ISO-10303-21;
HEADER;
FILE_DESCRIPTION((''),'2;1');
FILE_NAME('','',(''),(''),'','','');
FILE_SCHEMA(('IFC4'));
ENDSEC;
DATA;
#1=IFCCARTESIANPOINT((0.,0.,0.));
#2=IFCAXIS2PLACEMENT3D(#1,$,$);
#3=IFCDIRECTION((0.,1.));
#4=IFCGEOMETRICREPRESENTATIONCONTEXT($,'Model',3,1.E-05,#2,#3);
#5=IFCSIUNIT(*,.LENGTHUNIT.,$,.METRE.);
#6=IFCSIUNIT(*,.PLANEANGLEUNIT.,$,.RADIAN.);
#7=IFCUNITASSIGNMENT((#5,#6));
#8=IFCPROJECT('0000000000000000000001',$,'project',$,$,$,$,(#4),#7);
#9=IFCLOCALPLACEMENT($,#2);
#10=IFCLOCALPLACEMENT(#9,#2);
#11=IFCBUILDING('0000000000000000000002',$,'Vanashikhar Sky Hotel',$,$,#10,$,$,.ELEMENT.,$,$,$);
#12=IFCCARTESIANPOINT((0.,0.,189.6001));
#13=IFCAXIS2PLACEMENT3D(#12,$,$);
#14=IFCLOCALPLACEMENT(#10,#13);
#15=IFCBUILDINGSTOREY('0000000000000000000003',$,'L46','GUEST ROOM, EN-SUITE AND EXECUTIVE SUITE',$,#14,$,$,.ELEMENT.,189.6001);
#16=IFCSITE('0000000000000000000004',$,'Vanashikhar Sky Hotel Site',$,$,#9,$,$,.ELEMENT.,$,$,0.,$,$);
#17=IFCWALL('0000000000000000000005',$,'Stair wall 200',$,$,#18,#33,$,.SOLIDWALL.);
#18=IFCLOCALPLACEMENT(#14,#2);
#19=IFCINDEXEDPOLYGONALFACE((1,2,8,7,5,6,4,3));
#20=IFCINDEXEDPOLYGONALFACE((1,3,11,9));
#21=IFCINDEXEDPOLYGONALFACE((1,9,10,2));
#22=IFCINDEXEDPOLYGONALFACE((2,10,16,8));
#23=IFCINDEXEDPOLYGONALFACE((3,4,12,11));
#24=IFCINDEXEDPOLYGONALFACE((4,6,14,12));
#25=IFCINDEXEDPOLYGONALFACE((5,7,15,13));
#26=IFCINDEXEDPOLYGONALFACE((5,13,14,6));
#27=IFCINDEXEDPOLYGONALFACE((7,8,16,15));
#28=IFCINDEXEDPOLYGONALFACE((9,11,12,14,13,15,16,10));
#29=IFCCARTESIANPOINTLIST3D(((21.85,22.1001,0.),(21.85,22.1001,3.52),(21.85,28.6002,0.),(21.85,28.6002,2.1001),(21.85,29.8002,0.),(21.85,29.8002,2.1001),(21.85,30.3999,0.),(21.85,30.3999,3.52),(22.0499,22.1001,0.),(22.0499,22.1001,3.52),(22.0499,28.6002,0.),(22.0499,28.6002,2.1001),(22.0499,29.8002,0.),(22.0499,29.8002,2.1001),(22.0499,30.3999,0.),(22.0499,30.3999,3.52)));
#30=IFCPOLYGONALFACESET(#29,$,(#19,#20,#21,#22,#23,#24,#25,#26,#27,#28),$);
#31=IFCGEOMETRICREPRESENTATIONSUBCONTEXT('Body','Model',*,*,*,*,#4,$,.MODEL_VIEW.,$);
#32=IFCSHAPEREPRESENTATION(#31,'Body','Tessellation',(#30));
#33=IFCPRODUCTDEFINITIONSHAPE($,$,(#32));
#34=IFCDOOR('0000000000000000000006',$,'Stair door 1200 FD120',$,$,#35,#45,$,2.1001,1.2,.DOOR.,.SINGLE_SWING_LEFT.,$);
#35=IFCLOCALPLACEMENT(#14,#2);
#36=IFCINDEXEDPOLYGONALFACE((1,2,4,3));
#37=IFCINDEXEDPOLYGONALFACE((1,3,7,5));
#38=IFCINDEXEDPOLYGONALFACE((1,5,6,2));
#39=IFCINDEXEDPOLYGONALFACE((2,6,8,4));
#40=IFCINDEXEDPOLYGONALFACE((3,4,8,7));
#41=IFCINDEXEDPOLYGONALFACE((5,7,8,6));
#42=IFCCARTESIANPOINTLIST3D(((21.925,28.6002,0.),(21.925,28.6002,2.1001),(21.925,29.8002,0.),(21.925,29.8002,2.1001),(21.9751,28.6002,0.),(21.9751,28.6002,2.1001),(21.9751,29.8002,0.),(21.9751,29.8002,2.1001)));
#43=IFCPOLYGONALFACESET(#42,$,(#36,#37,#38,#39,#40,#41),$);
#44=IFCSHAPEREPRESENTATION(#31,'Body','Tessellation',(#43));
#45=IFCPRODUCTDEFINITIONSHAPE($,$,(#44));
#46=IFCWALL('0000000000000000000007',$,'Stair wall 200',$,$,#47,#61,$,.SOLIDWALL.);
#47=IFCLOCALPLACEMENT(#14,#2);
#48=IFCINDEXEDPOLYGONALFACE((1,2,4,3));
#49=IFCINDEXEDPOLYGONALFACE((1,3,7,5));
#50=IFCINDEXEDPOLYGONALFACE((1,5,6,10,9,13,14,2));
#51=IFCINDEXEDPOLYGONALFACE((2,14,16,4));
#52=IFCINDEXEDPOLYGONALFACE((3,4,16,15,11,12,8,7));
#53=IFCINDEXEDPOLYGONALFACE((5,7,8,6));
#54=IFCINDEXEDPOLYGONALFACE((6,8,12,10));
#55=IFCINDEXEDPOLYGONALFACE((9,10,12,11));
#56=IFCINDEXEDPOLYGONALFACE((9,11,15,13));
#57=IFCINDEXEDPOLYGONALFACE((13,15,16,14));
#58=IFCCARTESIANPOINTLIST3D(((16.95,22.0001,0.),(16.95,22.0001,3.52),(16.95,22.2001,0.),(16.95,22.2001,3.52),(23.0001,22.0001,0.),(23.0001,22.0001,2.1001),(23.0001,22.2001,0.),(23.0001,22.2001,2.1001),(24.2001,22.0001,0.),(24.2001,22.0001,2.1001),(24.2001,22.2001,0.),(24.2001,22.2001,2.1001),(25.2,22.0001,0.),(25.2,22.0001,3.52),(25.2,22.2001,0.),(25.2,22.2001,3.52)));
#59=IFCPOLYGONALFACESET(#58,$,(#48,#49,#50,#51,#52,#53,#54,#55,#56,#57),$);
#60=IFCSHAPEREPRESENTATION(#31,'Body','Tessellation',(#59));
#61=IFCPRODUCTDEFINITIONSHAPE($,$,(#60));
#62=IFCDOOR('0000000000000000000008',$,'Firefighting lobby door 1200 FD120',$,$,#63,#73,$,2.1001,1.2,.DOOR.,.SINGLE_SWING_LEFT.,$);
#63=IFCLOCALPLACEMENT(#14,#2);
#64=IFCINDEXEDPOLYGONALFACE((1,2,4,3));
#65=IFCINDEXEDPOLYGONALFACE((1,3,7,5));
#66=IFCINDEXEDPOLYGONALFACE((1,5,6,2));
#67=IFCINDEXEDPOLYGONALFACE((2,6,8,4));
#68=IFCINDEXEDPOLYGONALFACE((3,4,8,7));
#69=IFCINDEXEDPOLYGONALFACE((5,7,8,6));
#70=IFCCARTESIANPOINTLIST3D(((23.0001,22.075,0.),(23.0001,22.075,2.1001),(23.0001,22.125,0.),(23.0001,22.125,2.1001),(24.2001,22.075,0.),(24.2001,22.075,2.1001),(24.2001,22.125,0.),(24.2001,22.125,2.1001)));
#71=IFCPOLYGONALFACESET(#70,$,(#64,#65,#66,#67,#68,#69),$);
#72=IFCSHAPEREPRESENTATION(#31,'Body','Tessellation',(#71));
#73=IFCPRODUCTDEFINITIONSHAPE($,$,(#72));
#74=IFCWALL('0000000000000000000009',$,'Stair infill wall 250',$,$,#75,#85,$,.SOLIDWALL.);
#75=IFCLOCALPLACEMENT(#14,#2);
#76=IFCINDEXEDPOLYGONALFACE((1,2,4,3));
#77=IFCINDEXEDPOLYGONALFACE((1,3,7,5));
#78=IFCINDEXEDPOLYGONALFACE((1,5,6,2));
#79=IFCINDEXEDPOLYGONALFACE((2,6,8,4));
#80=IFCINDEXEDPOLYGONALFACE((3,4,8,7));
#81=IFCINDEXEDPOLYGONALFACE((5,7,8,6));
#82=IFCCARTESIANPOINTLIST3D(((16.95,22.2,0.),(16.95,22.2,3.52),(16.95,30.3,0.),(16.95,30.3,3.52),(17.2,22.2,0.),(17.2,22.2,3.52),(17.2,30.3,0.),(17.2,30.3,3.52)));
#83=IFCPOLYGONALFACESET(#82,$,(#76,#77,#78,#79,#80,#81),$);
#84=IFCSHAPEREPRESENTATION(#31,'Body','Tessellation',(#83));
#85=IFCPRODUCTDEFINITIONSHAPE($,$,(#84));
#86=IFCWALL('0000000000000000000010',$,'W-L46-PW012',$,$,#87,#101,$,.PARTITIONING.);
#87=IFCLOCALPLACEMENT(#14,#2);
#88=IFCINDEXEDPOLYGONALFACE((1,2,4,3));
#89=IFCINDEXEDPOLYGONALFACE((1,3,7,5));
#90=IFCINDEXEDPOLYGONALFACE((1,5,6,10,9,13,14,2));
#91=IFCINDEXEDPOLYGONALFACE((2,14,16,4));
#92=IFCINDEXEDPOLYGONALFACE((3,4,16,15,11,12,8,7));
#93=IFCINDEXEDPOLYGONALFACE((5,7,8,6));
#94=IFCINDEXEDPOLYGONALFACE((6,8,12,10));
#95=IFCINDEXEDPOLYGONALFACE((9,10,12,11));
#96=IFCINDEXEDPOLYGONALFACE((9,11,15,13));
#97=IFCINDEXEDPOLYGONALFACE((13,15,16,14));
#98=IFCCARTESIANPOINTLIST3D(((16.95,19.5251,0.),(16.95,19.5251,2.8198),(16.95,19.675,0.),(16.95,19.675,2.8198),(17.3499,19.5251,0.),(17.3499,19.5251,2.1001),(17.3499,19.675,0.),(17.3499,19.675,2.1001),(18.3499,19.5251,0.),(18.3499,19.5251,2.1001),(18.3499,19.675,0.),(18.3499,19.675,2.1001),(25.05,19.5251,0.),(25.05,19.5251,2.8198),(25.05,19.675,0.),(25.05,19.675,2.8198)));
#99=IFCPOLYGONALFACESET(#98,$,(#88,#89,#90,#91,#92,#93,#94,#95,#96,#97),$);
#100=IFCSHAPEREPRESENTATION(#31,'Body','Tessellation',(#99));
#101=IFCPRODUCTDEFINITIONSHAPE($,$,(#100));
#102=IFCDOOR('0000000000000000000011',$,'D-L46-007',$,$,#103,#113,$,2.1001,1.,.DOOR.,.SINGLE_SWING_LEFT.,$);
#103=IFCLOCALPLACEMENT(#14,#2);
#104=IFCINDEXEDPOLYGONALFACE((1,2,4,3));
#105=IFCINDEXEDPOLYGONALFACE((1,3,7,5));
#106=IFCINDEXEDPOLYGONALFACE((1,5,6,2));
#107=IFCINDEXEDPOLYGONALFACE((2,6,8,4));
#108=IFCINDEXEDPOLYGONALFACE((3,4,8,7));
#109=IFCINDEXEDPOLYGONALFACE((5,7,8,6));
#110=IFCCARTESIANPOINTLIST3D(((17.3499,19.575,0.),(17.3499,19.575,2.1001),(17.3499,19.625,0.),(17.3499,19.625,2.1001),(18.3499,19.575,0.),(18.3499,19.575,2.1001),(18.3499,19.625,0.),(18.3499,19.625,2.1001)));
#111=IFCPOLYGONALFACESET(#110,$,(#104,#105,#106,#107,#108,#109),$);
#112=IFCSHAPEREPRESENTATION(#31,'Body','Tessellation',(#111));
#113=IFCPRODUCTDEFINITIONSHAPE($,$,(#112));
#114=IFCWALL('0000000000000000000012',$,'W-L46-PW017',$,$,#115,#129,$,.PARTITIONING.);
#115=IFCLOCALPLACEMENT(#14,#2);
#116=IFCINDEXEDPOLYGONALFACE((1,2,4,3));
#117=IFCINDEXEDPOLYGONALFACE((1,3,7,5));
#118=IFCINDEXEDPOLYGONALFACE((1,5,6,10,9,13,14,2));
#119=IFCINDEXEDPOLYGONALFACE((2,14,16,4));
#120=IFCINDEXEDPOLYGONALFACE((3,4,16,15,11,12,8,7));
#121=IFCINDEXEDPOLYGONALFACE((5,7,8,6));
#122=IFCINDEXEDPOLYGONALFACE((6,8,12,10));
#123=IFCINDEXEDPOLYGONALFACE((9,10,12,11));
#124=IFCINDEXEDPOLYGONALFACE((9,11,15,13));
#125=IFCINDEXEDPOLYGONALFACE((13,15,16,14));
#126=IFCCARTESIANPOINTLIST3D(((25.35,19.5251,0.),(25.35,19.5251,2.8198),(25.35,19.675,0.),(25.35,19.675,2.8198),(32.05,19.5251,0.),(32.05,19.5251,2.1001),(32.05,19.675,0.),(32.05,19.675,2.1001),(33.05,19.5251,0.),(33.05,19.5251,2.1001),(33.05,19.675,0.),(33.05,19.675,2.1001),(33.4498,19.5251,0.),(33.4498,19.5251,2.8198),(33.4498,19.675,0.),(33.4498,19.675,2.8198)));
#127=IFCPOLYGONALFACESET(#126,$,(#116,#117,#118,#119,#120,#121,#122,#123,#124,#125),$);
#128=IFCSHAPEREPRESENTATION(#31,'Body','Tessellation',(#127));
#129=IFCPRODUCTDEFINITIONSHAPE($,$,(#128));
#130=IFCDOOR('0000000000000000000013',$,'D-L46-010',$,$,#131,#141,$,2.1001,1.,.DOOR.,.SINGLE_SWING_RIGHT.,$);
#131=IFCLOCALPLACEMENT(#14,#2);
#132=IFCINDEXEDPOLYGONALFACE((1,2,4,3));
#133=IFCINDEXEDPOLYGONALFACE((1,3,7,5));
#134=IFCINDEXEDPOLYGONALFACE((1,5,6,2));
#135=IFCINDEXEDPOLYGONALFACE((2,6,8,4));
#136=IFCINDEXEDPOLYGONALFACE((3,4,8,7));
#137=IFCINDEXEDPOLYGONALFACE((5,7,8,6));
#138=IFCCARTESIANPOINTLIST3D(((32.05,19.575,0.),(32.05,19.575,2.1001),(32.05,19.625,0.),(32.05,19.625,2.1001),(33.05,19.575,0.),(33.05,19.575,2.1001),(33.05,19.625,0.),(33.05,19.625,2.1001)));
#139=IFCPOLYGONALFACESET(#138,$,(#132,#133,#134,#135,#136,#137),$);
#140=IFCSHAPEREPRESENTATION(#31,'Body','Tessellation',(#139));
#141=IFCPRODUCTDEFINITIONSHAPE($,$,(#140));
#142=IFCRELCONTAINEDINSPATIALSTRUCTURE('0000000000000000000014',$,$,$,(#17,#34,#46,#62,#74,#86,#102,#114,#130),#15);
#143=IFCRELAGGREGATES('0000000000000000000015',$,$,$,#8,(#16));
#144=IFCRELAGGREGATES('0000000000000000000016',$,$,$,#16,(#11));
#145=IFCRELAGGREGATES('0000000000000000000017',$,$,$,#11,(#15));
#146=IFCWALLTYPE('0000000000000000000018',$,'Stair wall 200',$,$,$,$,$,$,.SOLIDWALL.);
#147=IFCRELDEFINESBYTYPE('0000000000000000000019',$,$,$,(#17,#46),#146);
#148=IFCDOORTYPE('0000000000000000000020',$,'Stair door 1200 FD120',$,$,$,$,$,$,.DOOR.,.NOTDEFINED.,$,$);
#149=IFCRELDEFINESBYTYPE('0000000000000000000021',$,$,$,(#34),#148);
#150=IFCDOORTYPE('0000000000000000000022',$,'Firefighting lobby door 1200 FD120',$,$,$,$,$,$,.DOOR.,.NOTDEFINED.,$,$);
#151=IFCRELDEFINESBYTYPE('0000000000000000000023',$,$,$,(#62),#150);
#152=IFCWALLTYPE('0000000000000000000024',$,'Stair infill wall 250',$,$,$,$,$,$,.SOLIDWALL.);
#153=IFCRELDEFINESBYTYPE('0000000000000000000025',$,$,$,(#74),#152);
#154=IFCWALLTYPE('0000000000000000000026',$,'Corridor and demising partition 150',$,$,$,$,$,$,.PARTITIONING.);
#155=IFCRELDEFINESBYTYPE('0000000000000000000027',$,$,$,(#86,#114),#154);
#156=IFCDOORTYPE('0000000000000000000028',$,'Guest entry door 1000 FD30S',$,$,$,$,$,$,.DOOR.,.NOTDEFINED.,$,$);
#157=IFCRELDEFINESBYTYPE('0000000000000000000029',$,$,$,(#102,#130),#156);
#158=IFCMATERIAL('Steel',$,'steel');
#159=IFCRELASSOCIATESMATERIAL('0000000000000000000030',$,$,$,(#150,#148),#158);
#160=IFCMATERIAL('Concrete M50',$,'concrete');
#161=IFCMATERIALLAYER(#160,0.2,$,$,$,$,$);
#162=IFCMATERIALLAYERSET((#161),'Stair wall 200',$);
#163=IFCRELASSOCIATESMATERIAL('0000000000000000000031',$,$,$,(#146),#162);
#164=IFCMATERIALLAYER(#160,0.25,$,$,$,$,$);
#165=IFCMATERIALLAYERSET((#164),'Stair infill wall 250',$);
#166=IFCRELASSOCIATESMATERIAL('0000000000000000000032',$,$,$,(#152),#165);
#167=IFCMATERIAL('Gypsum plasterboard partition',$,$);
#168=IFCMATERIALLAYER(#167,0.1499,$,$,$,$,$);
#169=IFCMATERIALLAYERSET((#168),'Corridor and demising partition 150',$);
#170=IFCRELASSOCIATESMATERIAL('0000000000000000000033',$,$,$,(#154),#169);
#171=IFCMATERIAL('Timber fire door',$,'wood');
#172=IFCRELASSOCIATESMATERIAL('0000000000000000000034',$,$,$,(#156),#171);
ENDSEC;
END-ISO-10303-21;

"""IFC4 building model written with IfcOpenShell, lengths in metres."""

from ifc_helpers import new_model, si_unit, direction, frame, frame_2d, origin, place, context, subcontext, project, spatial, rectangle, extrude, source, transform, mapped, material, layer, layer_set, type_object, element, fill, save


model = new_model("IFC4")

# Units and contexts
model_context = context("Model", 3, precision=1e-05, world=origin(), true_north=direction((0.0, 1.0)))
body_context = subcontext(model_context, "Body", "Model", "MODEL_VIEW")
ifc_project = project(units=[si_unit("LENGTHUNIT", "METRE"), si_unit("PLANEANGLEUNIT", "RADIAN")], contexts=[model_context])

# Site, building, storey
site_placement = place(None, origin())
site = spatial("IfcSite", under=ifc_project, at=site_placement, Name="Vanashikhar Sky Hotel Site", CompositionType="ELEMENT", RefElevation=0.0)
building_placement = place(site_placement, origin())
building = spatial("IfcBuilding", under=site, at=building_placement, Name="Vanashikhar Sky Hotel", CompositionType="ELEMENT")
storey_placement = place(building_placement, frame((0.0, 0.0, 189.6001)))
storey = spatial("IfcBuildingStorey", under=building, at=storey_placement, Name="L46", Description="GUEST ROOM, EN-SUITE AND EXECUTIVE SUITE", CompositionType="ELEMENT", Elevation=189.6001)

# Shared definitions
ifc_material_1 = material(Name="Steel", Category="steel")
door_type_1 = type_object("IfcDoorType", Name="Firefighting lobby door 1200 FD120", OperationType="NOTDEFINED", PredefinedType="DOOR", material=ifc_material_1)

# Walls, openings, doors
ifc_material_2 = material(Name="Concrete M50", Category="concrete")
ifc_layer_1 = layer(ifc_material_2, 0.2)
ifc_layer_set_1 = layer_set([ifc_layer_1], Name="Stair wall 200")
wall_type_1 = type_object("IfcWallType", Name="Stair wall 200", PredefinedType="SOLIDWALL", material=ifc_layer_set_1)
shared_shape_1 = source(origin(), body_context, "Body", "SweptSolid", [
    extrude(rectangle(XDim=8.2998, YDim=0.2, at=frame_2d((4.1499, 0.0))), origin(), (0.0, 0.0, 1.0), 3.52),
])
wall_1_placement = place(storey_placement, frame((21.95, 22.1001, 0.0), z_axis=(0.0, 0.0, 1.0), x_axis=(0.0, 1.0, 0.0)))
wall_1 = element("IfcWall", 1, at=wall_1_placement, inside=storey, type_object=wall_type_1, Name="Stair wall 200", PredefinedType="SOLIDWALL", context=body_context, shape_type="MappedRepresentation", body=[
    mapped(shared_shape_1, transform((0.0, 0.0, 0.0), scale=1.0)),
])
shared_shape_2 = source(origin(), body_context, "Body", "SweptSolid", [
    extrude(rectangle(XDim=1.2, YDim=2.1001, at=frame_2d((0.6001, 1.05))), frame((0.0, 0.1099, 0.0), z_axis=(0.0, -1.0, 0.0), x_axis=(1.0, 0.0, 0.0)), (0.0, 0.0, 1.0), 0.22),
])
opening_1_placement = place(wall_1_placement, frame((6.5, 0.0, 0.0)))
opening_1 = element("IfcOpeningElement", 2, at=opening_1_placement, cuts=wall_1, PredefinedType="OPENING", context=body_context, shape_type="MappedRepresentation", body=[
    mapped(shared_shape_2, transform((0.0, 0.0, 0.0), scale=1.0)),
])
door_type_2 = type_object("IfcDoorType", Name="Stair door 1200 FD120", OperationType="NOTDEFINED", PredefinedType="DOOR", material=ifc_material_1)
shared_shape_3 = source(origin(), body_context, "Body", "SweptSolid", [
    extrude(rectangle(XDim=1.2, YDim=2.1001, at=frame_2d((0.6001, 1.05))), frame((0.0, 0.0249, 0.0), z_axis=(0.0, -1.0, 0.0), x_axis=(1.0, 0.0, 0.0)), (0.0, 0.0, 1.0), 0.05),
])
door_1_placement = place(opening_1_placement, origin())
door_1 = element("IfcDoor", 3, at=door_1_placement, inside=storey, type_object=door_type_2, Name="Stair door 1200 FD120", OperationType="SINGLE_SWING_LEFT", OverallHeight=2.1001, OverallWidth=1.2, PredefinedType="DOOR", context=body_context, shape_type="MappedRepresentation", body=[
    mapped(shared_shape_3, transform((0.0, 0.0, 0.0), scale=1.0)),
])
fill(opening_1, door_1)
shared_shape_4 = source(origin(), body_context, "Body", "SweptSolid", [
    extrude(rectangle(XDim=8.25, YDim=0.2, at=frame_2d((4.125, 0.0))), origin(), (0.0, 0.0, 1.0), 3.52),
])
wall_2_placement = place(storey_placement, frame((16.95, 22.1001, 0.0), z_axis=(0.0, 0.0, 1.0), x_axis=(1.0, 0.0, 0.0)))
wall_2 = element("IfcWall", 4, at=wall_2_placement, inside=storey, type_object=wall_type_1, Name="Stair wall 200", PredefinedType="SOLIDWALL", context=body_context, shape_type="MappedRepresentation", body=[
    mapped(shared_shape_4, transform((0.0, 0.0, 0.0), scale=1.0)),
])
opening_2_placement = place(wall_2_placement, frame((6.05, 0.0, 0.0)))
opening_2 = element("IfcOpeningElement", 5, at=opening_2_placement, cuts=wall_2, PredefinedType="OPENING", context=body_context, shape_type="MappedRepresentation", body=[
    mapped(shared_shape_2, transform((0.0, 0.0, 0.0), scale=1.0)),
])
door_2_placement = place(opening_2_placement, origin())
door_2 = element("IfcDoor", 6, at=door_2_placement, inside=storey, type_object=door_type_1, Name="Firefighting lobby door 1200 FD120", OperationType="SINGLE_SWING_LEFT", OverallHeight=2.1001, OverallWidth=1.2, PredefinedType="DOOR", context=body_context, shape_type="MappedRepresentation", body=[
    mapped(shared_shape_3, transform((0.0, 0.0, 0.0), scale=1.0)),
])
fill(opening_2, door_2)

# Wall
ifc_layer_2 = layer(ifc_material_2, 0.25)
ifc_layer_set_2 = layer_set([ifc_layer_2], Name="Stair infill wall 250")
wall_type_2 = type_object("IfcWallType", Name="Stair infill wall 250", PredefinedType="SOLIDWALL", material=ifc_layer_set_2)
shared_shape_5 = source(origin(), body_context, "Body", "SweptSolid", [
    extrude(rectangle(XDim=8.1001, YDim=0.25, at=frame_2d((4.05, 0.0))), origin(), (0.0, 0.0, 1.0), 3.52),
])
wall_3_placement = place(storey_placement, frame((17.075, 22.2, 0.0), z_axis=(0.0, 0.0, 1.0), x_axis=(0.0, 1.0, 0.0)))
element("IfcWall", 7, at=wall_3_placement, inside=storey, type_object=wall_type_2, Name="Stair infill wall 250", PredefinedType="SOLIDWALL", context=body_context, shape_type="MappedRepresentation", body=[
    mapped(shared_shape_5, transform((0.0, 0.0, 0.0), scale=1.0)),
])

# Walls, openings, doors
ifc_material_3 = material(Name="Gypsum plasterboard partition")
ifc_layer_3 = layer(ifc_material_3, 0.1499)
ifc_layer_set_3 = layer_set([ifc_layer_3], Name="Corridor and demising partition 150")
wall_type_3 = type_object("IfcWallType", Name="Corridor and demising partition 150", PredefinedType="PARTITIONING", material=ifc_layer_set_3)
shared_shape_6 = source(origin(), body_context, "Body", "SweptSolid", [
    extrude(rectangle(XDim=8.1001, YDim=0.1499, at=frame_2d((4.05, 0.0))), origin(), (0.0, 0.0, 1.0), 2.8198),
])
wall_4_placement = place(storey_placement, frame((16.95, 19.6001, 0.0), z_axis=(0.0, 0.0, 1.0), x_axis=(1.0, 0.0, 0.0)))
wall_4 = element("IfcWall", 8, at=wall_4_placement, inside=storey, type_object=wall_type_3, Name="W-L46-PW012", PredefinedType="PARTITIONING", context=body_context, shape_type="MappedRepresentation", body=[
    mapped(shared_shape_6, transform((0.0, 0.0, 0.0), scale=1.0)),
])
shared_shape_7 = source(origin(), body_context, "Body", "SweptSolid", [
    extrude(rectangle(XDim=1.0, YDim=2.1001, at=frame_2d((0.5, 1.05))), frame((0.0, 0.085, 0.0), z_axis=(0.0, -1.0, 0.0), x_axis=(1.0, 0.0, 0.0)), (0.0, 0.0, 1.0), 0.1699),
])
opening_3_placement = place(wall_4_placement, frame((0.3999, 0.0, 0.0)))
opening_3 = element("IfcOpeningElement", 9, at=opening_3_placement, cuts=wall_4, PredefinedType="OPENING", context=body_context, shape_type="MappedRepresentation", body=[
    mapped(shared_shape_7, transform((0.0, 0.0, 0.0), scale=1.0)),
])
ifc_material_4 = material(Name="Timber fire door", Category="wood")
door_type_3 = type_object("IfcDoorType", Name="Guest entry door 1000 FD30S", OperationType="NOTDEFINED", PredefinedType="DOOR", material=ifc_material_4)
shared_shape_8 = source(origin(), body_context, "Body", "SweptSolid", [
    extrude(rectangle(XDim=1.0, YDim=2.1001, at=frame_2d((0.5, 1.05))), frame((0.0, 0.0249, 0.0), z_axis=(0.0, -1.0, 0.0), x_axis=(1.0, 0.0, 0.0)), (0.0, 0.0, 1.0), 0.05),
])
door_3_placement = place(opening_3_placement, origin())
door_3 = element("IfcDoor", 10, at=door_3_placement, inside=storey, type_object=door_type_3, Name="D-L46-007", OperationType="SINGLE_SWING_LEFT", OverallHeight=2.1001, OverallWidth=1.0, PredefinedType="DOOR", context=body_context, shape_type="MappedRepresentation", body=[
    mapped(shared_shape_8, transform((0.0, 0.0, 0.0), scale=1.0)),
])
fill(opening_3, door_3)
shared_shape_9 = source(origin(), body_context, "Body", "SweptSolid", [
    extrude(rectangle(XDim=8.0999, YDim=0.1499, at=frame_2d((4.0498, 0.0))), origin(), (0.0, 0.0, 1.0), 2.8198),
])
wall_5_placement = place(storey_placement, frame((25.3501, 19.6001, 0.0), z_axis=(0.0, 0.0, 1.0), x_axis=(1.0, 0.0, 0.0)))
wall_5 = element("IfcWall", 11, at=wall_5_placement, inside=storey, type_object=wall_type_3, Name="W-L46-PW017", PredefinedType="PARTITIONING", context=body_context, shape_type="MappedRepresentation", body=[
    mapped(shared_shape_9, transform((0.0, 0.0, 0.0), scale=1.0)),
])
opening_4_placement = place(wall_5_placement, frame((6.7, 0.0, 0.0)))
opening_4 = element("IfcOpeningElement", 12, at=opening_4_placement, cuts=wall_5, PredefinedType="OPENING", context=body_context, shape_type="MappedRepresentation", body=[
    mapped(shared_shape_7, transform((0.0, 0.0, 0.0), scale=1.0)),
])
door_4_placement = place(opening_4_placement, origin())
door_4 = element("IfcDoor", 13, at=door_4_placement, inside=storey, type_object=door_type_3, Name="D-L46-010", OperationType="SINGLE_SWING_RIGHT", OverallHeight=2.1001, OverallWidth=1.0, PredefinedType="DOOR", context=body_context, shape_type="MappedRepresentation", body=[
    mapped(shared_shape_8, transform((0.0, 0.0, 0.0), scale=1.0)),
])
fill(opening_4, door_4)

save(model, "model.ifc")
